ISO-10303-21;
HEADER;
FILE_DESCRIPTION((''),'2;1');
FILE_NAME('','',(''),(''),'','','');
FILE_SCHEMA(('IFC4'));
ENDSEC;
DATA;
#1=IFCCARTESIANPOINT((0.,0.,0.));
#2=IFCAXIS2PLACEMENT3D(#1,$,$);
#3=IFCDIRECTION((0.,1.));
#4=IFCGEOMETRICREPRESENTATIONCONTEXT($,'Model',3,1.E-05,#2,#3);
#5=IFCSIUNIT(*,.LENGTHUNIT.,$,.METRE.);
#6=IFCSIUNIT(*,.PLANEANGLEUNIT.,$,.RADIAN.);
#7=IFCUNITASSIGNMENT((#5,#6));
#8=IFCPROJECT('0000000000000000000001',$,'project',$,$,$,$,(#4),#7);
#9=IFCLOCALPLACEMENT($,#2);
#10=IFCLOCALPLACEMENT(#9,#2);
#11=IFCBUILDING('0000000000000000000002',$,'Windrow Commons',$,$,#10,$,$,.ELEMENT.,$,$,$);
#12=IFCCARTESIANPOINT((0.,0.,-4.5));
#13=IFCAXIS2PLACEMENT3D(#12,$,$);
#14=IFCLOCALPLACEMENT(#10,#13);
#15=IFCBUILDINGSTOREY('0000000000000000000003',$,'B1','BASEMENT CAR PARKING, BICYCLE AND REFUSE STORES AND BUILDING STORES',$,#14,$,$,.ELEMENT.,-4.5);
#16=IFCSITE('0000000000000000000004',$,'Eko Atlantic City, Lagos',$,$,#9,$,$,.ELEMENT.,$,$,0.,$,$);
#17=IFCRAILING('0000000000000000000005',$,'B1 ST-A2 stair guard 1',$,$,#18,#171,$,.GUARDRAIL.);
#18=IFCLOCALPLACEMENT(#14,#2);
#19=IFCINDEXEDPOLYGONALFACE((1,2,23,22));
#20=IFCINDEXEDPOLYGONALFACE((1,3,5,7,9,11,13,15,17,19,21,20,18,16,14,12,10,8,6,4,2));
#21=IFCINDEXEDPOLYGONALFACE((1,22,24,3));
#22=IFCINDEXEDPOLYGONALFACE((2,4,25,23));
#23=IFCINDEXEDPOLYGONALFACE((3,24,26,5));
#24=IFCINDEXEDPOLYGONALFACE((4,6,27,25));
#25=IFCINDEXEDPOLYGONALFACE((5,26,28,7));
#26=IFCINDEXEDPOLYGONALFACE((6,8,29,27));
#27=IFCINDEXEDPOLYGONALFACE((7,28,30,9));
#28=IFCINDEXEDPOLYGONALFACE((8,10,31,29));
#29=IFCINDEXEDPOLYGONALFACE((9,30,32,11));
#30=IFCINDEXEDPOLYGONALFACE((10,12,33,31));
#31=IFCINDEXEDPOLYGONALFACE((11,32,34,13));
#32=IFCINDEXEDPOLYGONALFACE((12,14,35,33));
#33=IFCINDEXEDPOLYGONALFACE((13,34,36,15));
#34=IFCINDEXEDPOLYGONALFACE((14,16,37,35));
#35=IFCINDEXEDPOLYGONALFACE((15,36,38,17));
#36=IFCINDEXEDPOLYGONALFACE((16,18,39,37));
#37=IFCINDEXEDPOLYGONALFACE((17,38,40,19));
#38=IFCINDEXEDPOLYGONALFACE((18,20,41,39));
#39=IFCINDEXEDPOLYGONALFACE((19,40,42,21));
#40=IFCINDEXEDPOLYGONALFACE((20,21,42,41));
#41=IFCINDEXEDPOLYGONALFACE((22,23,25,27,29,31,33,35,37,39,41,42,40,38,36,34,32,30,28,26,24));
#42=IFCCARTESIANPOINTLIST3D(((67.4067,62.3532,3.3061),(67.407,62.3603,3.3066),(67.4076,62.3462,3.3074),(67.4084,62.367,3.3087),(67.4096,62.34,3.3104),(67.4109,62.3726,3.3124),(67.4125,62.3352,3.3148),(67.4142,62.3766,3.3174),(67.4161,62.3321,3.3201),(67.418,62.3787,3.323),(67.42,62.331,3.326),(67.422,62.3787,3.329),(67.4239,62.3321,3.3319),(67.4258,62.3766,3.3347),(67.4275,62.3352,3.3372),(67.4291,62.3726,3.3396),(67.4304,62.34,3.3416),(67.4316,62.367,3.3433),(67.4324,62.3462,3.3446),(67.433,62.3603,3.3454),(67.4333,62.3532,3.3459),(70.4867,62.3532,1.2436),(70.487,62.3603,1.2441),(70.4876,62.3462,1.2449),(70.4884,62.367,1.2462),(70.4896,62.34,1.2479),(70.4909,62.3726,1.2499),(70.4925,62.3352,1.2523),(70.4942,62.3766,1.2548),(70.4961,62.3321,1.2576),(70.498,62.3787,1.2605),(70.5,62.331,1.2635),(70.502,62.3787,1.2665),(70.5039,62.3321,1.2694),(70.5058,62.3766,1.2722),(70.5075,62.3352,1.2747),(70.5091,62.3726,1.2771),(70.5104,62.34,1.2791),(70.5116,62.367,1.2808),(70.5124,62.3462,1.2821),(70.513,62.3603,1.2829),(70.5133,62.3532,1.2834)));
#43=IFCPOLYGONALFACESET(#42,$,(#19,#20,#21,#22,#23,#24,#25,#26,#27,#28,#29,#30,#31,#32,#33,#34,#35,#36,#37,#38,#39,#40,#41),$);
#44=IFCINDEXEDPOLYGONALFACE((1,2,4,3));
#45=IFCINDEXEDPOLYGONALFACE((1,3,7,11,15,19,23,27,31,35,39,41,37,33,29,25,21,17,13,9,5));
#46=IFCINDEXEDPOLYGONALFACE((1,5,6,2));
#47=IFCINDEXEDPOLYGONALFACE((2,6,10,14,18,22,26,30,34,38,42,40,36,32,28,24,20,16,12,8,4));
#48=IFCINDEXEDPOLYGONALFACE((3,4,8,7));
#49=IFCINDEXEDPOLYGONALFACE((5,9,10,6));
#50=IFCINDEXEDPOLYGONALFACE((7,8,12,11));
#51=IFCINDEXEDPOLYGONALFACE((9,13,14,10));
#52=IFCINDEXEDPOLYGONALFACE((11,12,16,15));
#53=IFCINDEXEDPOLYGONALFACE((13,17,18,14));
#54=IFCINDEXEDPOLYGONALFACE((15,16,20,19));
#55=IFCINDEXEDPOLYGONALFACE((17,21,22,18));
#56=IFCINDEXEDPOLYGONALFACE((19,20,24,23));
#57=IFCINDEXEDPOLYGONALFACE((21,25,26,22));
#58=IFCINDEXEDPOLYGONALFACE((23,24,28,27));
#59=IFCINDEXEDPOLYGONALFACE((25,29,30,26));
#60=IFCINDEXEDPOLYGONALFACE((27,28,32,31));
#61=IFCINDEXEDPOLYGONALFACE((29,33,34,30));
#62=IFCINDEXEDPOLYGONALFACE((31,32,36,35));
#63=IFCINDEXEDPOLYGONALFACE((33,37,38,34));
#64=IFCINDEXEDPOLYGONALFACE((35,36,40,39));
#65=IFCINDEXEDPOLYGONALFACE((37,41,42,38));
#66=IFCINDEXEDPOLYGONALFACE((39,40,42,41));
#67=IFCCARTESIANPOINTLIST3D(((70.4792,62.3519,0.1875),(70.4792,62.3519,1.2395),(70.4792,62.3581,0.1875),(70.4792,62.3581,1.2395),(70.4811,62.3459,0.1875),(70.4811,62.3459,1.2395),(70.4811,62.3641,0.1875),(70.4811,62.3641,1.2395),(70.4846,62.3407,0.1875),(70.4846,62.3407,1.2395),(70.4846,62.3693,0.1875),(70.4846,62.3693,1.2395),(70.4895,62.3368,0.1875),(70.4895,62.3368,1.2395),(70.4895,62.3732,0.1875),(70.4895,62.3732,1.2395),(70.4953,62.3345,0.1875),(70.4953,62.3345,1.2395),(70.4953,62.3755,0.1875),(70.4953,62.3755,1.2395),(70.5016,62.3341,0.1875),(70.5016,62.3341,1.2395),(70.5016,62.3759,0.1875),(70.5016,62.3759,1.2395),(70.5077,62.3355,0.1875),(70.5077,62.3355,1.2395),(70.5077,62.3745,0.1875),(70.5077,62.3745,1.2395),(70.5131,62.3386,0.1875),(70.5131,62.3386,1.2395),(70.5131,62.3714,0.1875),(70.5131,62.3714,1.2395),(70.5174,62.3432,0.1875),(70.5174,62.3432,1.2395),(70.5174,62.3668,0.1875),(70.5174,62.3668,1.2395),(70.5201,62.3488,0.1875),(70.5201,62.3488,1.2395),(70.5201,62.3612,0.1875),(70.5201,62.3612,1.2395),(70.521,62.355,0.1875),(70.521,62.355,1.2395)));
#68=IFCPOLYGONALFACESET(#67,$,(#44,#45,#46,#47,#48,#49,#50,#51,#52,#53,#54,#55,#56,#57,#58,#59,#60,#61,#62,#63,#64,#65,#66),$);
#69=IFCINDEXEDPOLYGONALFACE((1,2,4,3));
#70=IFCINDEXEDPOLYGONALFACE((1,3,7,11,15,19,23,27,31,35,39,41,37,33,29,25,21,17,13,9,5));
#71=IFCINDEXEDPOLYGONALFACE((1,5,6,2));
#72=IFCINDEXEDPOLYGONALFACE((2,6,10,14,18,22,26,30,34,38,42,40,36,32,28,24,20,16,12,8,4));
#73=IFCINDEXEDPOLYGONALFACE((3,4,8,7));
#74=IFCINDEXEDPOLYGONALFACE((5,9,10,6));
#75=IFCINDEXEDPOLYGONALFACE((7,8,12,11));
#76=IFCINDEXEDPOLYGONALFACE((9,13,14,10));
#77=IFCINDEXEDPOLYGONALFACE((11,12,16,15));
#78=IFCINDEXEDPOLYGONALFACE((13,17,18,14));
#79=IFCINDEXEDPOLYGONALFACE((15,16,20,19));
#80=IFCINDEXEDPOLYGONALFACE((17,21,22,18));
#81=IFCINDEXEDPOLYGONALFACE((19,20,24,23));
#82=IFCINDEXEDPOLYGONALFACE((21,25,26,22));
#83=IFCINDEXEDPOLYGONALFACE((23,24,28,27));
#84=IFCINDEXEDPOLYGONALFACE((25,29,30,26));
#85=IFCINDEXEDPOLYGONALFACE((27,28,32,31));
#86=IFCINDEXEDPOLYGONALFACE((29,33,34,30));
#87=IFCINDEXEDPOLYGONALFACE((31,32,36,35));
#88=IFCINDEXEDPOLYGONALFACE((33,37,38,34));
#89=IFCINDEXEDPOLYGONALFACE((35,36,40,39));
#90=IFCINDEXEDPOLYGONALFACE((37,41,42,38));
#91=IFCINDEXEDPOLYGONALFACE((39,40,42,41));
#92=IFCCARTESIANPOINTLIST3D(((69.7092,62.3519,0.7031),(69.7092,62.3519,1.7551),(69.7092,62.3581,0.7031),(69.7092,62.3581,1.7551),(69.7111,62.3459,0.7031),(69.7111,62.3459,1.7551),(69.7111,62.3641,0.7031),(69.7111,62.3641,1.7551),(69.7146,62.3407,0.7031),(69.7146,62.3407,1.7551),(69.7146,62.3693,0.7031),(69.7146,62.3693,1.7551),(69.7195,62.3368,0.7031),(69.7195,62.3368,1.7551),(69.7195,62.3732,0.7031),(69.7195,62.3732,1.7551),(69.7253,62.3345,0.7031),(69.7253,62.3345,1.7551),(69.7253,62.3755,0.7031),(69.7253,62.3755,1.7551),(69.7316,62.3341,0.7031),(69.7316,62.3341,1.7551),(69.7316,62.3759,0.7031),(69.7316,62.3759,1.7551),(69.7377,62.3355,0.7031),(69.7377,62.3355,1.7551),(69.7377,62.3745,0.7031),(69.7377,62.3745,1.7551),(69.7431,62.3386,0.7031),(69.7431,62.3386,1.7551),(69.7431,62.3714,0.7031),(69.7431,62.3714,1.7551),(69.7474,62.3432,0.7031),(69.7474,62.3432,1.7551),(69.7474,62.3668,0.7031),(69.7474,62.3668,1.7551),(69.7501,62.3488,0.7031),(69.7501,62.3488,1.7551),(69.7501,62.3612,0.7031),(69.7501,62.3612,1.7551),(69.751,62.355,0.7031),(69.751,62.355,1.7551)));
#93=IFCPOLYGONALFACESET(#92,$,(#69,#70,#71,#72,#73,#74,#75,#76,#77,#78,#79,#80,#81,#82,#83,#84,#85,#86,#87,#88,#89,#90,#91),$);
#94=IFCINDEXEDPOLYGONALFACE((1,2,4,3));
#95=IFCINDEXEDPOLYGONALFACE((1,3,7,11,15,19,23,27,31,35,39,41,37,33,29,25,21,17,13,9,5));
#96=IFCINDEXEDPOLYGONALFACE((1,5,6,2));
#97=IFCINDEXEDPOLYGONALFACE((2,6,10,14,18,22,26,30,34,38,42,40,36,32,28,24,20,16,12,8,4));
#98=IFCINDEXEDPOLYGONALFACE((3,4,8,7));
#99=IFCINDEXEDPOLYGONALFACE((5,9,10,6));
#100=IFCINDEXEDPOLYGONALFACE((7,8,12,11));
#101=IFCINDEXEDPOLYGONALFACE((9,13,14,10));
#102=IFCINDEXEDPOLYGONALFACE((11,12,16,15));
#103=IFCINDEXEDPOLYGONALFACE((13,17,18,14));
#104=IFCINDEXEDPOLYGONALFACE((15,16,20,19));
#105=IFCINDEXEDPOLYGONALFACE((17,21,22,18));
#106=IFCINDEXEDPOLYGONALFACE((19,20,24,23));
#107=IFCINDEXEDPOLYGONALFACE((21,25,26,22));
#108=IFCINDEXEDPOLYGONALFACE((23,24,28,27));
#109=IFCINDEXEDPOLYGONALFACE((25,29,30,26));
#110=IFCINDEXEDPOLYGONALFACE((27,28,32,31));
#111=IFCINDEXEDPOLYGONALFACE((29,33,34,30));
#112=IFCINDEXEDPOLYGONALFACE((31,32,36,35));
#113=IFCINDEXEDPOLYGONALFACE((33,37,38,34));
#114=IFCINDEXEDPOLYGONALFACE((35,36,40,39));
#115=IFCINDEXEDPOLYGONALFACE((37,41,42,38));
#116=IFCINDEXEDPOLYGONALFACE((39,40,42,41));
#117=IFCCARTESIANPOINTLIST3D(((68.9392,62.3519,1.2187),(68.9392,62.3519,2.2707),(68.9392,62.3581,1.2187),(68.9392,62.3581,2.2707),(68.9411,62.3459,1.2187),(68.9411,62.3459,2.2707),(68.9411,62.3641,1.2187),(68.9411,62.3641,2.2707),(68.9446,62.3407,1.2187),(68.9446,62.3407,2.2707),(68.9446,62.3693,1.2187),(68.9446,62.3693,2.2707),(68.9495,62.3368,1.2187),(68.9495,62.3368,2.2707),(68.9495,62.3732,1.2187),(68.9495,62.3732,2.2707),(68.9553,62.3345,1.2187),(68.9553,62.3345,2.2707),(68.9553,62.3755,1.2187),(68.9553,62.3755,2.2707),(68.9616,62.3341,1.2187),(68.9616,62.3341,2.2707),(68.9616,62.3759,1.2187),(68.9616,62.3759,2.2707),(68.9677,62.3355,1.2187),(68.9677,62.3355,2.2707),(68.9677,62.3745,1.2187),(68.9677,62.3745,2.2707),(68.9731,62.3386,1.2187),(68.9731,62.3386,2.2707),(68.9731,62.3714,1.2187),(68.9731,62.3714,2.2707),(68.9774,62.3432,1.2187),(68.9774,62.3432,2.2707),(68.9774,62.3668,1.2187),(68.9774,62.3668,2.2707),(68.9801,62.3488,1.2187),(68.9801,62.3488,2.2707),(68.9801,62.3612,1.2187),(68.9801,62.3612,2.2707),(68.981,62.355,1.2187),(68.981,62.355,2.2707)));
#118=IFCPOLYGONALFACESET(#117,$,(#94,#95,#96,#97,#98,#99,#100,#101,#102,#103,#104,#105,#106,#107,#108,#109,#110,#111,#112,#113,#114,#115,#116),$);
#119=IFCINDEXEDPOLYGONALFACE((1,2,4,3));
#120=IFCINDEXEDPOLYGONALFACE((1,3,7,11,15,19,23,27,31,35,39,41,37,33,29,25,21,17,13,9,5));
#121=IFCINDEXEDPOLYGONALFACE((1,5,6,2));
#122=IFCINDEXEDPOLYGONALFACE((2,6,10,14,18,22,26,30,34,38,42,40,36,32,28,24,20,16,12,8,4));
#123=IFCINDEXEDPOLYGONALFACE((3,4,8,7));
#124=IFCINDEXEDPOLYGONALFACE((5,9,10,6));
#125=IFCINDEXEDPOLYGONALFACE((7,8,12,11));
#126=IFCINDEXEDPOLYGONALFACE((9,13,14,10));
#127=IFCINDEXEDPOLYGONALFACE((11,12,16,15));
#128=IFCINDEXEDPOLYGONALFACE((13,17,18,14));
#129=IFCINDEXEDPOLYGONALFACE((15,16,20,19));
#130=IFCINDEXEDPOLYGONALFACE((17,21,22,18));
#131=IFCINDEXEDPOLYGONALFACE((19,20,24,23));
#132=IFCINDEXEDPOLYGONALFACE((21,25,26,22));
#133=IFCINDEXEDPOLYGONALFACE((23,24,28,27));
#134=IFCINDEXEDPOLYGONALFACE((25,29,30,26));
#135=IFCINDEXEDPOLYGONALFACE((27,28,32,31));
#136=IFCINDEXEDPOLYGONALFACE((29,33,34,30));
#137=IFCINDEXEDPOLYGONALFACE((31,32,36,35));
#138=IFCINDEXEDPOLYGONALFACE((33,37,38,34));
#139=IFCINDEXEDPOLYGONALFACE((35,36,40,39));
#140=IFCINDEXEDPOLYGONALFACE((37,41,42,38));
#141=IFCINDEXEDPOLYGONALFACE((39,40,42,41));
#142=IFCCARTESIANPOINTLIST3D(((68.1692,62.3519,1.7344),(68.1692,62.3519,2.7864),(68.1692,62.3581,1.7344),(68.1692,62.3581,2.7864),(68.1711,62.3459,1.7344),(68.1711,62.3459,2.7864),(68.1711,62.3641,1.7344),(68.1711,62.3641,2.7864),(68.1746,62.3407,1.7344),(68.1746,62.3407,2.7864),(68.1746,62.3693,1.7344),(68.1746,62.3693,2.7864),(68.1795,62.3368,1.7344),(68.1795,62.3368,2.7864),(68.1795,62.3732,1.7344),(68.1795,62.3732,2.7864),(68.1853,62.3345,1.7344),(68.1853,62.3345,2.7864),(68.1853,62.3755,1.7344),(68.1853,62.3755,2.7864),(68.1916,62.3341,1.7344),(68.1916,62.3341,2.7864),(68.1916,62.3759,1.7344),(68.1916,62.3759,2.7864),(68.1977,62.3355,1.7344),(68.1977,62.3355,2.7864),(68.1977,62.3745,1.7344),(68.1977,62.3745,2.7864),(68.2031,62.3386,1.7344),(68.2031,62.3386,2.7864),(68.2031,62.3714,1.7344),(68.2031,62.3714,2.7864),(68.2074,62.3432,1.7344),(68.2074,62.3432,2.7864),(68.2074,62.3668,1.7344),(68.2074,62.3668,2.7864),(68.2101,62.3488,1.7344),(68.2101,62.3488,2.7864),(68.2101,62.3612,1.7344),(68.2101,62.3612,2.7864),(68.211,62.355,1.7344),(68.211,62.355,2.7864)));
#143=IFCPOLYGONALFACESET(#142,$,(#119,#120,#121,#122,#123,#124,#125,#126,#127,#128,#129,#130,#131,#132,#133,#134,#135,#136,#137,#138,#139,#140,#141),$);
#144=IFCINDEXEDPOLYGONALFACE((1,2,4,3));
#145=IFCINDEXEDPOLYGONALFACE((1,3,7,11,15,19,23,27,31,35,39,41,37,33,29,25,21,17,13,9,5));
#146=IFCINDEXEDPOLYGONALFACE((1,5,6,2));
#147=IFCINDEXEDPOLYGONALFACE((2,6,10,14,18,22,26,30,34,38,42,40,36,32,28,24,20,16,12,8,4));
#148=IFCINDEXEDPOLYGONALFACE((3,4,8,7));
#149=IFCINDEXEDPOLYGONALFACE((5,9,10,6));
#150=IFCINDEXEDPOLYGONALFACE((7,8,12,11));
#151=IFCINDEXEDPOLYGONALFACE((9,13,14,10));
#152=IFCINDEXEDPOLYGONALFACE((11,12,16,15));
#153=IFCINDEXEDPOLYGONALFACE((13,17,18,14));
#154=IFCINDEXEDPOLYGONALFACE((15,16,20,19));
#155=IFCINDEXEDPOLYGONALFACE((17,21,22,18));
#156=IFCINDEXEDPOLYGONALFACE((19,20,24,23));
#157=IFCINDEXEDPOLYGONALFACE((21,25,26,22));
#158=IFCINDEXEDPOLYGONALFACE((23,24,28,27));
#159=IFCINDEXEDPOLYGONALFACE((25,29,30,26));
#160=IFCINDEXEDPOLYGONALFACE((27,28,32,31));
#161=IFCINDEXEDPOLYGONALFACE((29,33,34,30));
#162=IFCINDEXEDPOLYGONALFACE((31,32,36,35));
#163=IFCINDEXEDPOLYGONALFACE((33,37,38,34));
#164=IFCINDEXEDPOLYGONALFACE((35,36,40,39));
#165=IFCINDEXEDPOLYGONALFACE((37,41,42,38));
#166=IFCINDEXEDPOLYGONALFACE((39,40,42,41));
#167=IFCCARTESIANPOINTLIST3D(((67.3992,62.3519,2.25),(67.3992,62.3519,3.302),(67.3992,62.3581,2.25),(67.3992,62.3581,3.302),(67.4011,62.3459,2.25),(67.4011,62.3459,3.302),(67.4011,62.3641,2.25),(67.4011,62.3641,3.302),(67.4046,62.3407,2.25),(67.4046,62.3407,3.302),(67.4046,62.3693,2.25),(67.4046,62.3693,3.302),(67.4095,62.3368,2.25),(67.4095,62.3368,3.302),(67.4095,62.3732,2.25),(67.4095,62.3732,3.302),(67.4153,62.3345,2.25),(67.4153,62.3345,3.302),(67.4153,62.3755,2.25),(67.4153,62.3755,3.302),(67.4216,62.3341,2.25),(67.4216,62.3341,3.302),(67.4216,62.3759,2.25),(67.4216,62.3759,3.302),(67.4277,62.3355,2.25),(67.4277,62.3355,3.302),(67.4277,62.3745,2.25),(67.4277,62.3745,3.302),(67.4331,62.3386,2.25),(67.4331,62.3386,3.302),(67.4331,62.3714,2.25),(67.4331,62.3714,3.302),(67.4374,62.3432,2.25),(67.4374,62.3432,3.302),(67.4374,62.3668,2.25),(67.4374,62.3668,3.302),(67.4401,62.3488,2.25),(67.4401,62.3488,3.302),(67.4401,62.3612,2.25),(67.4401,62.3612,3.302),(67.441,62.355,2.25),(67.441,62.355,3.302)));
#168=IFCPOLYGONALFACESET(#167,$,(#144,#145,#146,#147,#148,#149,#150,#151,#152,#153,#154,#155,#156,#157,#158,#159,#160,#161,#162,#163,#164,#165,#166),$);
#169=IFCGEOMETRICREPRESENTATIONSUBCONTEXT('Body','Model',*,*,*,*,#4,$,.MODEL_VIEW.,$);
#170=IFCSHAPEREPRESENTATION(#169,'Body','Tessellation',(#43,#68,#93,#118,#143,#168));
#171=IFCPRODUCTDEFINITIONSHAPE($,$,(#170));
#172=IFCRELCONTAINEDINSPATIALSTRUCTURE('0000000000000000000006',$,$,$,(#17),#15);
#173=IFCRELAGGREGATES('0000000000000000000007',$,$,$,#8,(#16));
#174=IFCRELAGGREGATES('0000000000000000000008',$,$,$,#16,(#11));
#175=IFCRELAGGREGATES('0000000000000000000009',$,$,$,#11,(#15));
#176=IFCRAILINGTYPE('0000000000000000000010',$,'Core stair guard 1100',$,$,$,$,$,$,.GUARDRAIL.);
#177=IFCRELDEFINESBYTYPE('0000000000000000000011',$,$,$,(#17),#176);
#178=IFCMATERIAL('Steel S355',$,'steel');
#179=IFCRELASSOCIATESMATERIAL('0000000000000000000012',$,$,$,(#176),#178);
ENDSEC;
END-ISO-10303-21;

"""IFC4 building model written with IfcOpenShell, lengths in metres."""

from ifc_helpers import new_model, si_unit, direction, frame, origin, origin_2d, place, context, subcontext, project, spatial, circle, extrude, material, type_object, element, save


model = new_model("IFC4")

# Units and contexts
model_context = context("Model", 3, precision=1e-05, world=origin(), true_north=direction((0.0, 1.0)))
body_context = subcontext(model_context, "Body", "Model", "MODEL_VIEW")
ifc_project = project(units=[si_unit("LENGTHUNIT", "METRE"), si_unit("PLANEANGLEUNIT", "RADIAN")], contexts=[model_context])

# Site, building, storey
site_placement = place(None, origin())
site = spatial("IfcSite", under=ifc_project, at=site_placement, Name="Eko Atlantic City, Lagos", CompositionType="ELEMENT", RefElevation=0.0)
building_placement = place(site_placement, origin())
building = spatial("IfcBuilding", under=site, at=building_placement, Name="Windrow Commons", CompositionType="ELEMENT")
storey_placement = place(building_placement, frame((0.0, 0.0, -4.5)))
storey = spatial("IfcBuildingStorey", under=building, at=storey_placement, Name="B1", Description="BASEMENT CAR PARKING, BICYCLE AND REFUSE STORES AND BUILDING STORES", CompositionType="ELEMENT", Elevation=-4.5)

# Railing
ifc_material_1 = material(Name="Steel S355", Category="steel")
railing_type_1 = type_object("IfcRailingType", Name="Core stair guard 1100", PredefinedType="GUARDRAIL", material=ifc_material_1)
railing_1_placement = place(storey_placement, frame((70.5, 62.355, 0.1875)))
element("IfcRailing", 1, at=railing_1_placement, inside=storey, type_object=railing_type_1, Name="B1 ST-A2 stair guard 1", PredefinedType="GUARDRAIL", context=body_context, shape_type="SweptSolid", body=[
    extrude(circle(Radius=0.024, at=origin_2d()), frame((0.0, 0.0, 1.076), z_axis=(-0.830907, 0.0, 0.556411), x_axis=(0.0, -1.0, 0.0)), (0.0, 0.0, 1.0), 3.7068),
    extrude(circle(Radius=0.021, at=origin_2d()), origin(), (0.0, 0.0, 1.0), 1.052),
    extrude(circle(Radius=0.021, at=origin_2d()), frame((-0.77, 0.0, 0.5156)), (0.0, 0.0, 1.0), 1.052),
    extrude(circle(Radius=0.021, at=origin_2d()), frame((-1.54, 0.0, 1.0312)), (0.0, 0.0, 1.0), 1.052),
    extrude(circle(Radius=0.021, at=origin_2d()), frame((-2.31, 0.0, 1.5469)), (0.0, 0.0, 1.0), 1.052),
    extrude(circle(Radius=0.021, at=origin_2d()), frame((-3.08, 0.0, 2.0625)), (0.0, 0.0, 1.0), 1.052),
])

save(model, "model.ifc")
